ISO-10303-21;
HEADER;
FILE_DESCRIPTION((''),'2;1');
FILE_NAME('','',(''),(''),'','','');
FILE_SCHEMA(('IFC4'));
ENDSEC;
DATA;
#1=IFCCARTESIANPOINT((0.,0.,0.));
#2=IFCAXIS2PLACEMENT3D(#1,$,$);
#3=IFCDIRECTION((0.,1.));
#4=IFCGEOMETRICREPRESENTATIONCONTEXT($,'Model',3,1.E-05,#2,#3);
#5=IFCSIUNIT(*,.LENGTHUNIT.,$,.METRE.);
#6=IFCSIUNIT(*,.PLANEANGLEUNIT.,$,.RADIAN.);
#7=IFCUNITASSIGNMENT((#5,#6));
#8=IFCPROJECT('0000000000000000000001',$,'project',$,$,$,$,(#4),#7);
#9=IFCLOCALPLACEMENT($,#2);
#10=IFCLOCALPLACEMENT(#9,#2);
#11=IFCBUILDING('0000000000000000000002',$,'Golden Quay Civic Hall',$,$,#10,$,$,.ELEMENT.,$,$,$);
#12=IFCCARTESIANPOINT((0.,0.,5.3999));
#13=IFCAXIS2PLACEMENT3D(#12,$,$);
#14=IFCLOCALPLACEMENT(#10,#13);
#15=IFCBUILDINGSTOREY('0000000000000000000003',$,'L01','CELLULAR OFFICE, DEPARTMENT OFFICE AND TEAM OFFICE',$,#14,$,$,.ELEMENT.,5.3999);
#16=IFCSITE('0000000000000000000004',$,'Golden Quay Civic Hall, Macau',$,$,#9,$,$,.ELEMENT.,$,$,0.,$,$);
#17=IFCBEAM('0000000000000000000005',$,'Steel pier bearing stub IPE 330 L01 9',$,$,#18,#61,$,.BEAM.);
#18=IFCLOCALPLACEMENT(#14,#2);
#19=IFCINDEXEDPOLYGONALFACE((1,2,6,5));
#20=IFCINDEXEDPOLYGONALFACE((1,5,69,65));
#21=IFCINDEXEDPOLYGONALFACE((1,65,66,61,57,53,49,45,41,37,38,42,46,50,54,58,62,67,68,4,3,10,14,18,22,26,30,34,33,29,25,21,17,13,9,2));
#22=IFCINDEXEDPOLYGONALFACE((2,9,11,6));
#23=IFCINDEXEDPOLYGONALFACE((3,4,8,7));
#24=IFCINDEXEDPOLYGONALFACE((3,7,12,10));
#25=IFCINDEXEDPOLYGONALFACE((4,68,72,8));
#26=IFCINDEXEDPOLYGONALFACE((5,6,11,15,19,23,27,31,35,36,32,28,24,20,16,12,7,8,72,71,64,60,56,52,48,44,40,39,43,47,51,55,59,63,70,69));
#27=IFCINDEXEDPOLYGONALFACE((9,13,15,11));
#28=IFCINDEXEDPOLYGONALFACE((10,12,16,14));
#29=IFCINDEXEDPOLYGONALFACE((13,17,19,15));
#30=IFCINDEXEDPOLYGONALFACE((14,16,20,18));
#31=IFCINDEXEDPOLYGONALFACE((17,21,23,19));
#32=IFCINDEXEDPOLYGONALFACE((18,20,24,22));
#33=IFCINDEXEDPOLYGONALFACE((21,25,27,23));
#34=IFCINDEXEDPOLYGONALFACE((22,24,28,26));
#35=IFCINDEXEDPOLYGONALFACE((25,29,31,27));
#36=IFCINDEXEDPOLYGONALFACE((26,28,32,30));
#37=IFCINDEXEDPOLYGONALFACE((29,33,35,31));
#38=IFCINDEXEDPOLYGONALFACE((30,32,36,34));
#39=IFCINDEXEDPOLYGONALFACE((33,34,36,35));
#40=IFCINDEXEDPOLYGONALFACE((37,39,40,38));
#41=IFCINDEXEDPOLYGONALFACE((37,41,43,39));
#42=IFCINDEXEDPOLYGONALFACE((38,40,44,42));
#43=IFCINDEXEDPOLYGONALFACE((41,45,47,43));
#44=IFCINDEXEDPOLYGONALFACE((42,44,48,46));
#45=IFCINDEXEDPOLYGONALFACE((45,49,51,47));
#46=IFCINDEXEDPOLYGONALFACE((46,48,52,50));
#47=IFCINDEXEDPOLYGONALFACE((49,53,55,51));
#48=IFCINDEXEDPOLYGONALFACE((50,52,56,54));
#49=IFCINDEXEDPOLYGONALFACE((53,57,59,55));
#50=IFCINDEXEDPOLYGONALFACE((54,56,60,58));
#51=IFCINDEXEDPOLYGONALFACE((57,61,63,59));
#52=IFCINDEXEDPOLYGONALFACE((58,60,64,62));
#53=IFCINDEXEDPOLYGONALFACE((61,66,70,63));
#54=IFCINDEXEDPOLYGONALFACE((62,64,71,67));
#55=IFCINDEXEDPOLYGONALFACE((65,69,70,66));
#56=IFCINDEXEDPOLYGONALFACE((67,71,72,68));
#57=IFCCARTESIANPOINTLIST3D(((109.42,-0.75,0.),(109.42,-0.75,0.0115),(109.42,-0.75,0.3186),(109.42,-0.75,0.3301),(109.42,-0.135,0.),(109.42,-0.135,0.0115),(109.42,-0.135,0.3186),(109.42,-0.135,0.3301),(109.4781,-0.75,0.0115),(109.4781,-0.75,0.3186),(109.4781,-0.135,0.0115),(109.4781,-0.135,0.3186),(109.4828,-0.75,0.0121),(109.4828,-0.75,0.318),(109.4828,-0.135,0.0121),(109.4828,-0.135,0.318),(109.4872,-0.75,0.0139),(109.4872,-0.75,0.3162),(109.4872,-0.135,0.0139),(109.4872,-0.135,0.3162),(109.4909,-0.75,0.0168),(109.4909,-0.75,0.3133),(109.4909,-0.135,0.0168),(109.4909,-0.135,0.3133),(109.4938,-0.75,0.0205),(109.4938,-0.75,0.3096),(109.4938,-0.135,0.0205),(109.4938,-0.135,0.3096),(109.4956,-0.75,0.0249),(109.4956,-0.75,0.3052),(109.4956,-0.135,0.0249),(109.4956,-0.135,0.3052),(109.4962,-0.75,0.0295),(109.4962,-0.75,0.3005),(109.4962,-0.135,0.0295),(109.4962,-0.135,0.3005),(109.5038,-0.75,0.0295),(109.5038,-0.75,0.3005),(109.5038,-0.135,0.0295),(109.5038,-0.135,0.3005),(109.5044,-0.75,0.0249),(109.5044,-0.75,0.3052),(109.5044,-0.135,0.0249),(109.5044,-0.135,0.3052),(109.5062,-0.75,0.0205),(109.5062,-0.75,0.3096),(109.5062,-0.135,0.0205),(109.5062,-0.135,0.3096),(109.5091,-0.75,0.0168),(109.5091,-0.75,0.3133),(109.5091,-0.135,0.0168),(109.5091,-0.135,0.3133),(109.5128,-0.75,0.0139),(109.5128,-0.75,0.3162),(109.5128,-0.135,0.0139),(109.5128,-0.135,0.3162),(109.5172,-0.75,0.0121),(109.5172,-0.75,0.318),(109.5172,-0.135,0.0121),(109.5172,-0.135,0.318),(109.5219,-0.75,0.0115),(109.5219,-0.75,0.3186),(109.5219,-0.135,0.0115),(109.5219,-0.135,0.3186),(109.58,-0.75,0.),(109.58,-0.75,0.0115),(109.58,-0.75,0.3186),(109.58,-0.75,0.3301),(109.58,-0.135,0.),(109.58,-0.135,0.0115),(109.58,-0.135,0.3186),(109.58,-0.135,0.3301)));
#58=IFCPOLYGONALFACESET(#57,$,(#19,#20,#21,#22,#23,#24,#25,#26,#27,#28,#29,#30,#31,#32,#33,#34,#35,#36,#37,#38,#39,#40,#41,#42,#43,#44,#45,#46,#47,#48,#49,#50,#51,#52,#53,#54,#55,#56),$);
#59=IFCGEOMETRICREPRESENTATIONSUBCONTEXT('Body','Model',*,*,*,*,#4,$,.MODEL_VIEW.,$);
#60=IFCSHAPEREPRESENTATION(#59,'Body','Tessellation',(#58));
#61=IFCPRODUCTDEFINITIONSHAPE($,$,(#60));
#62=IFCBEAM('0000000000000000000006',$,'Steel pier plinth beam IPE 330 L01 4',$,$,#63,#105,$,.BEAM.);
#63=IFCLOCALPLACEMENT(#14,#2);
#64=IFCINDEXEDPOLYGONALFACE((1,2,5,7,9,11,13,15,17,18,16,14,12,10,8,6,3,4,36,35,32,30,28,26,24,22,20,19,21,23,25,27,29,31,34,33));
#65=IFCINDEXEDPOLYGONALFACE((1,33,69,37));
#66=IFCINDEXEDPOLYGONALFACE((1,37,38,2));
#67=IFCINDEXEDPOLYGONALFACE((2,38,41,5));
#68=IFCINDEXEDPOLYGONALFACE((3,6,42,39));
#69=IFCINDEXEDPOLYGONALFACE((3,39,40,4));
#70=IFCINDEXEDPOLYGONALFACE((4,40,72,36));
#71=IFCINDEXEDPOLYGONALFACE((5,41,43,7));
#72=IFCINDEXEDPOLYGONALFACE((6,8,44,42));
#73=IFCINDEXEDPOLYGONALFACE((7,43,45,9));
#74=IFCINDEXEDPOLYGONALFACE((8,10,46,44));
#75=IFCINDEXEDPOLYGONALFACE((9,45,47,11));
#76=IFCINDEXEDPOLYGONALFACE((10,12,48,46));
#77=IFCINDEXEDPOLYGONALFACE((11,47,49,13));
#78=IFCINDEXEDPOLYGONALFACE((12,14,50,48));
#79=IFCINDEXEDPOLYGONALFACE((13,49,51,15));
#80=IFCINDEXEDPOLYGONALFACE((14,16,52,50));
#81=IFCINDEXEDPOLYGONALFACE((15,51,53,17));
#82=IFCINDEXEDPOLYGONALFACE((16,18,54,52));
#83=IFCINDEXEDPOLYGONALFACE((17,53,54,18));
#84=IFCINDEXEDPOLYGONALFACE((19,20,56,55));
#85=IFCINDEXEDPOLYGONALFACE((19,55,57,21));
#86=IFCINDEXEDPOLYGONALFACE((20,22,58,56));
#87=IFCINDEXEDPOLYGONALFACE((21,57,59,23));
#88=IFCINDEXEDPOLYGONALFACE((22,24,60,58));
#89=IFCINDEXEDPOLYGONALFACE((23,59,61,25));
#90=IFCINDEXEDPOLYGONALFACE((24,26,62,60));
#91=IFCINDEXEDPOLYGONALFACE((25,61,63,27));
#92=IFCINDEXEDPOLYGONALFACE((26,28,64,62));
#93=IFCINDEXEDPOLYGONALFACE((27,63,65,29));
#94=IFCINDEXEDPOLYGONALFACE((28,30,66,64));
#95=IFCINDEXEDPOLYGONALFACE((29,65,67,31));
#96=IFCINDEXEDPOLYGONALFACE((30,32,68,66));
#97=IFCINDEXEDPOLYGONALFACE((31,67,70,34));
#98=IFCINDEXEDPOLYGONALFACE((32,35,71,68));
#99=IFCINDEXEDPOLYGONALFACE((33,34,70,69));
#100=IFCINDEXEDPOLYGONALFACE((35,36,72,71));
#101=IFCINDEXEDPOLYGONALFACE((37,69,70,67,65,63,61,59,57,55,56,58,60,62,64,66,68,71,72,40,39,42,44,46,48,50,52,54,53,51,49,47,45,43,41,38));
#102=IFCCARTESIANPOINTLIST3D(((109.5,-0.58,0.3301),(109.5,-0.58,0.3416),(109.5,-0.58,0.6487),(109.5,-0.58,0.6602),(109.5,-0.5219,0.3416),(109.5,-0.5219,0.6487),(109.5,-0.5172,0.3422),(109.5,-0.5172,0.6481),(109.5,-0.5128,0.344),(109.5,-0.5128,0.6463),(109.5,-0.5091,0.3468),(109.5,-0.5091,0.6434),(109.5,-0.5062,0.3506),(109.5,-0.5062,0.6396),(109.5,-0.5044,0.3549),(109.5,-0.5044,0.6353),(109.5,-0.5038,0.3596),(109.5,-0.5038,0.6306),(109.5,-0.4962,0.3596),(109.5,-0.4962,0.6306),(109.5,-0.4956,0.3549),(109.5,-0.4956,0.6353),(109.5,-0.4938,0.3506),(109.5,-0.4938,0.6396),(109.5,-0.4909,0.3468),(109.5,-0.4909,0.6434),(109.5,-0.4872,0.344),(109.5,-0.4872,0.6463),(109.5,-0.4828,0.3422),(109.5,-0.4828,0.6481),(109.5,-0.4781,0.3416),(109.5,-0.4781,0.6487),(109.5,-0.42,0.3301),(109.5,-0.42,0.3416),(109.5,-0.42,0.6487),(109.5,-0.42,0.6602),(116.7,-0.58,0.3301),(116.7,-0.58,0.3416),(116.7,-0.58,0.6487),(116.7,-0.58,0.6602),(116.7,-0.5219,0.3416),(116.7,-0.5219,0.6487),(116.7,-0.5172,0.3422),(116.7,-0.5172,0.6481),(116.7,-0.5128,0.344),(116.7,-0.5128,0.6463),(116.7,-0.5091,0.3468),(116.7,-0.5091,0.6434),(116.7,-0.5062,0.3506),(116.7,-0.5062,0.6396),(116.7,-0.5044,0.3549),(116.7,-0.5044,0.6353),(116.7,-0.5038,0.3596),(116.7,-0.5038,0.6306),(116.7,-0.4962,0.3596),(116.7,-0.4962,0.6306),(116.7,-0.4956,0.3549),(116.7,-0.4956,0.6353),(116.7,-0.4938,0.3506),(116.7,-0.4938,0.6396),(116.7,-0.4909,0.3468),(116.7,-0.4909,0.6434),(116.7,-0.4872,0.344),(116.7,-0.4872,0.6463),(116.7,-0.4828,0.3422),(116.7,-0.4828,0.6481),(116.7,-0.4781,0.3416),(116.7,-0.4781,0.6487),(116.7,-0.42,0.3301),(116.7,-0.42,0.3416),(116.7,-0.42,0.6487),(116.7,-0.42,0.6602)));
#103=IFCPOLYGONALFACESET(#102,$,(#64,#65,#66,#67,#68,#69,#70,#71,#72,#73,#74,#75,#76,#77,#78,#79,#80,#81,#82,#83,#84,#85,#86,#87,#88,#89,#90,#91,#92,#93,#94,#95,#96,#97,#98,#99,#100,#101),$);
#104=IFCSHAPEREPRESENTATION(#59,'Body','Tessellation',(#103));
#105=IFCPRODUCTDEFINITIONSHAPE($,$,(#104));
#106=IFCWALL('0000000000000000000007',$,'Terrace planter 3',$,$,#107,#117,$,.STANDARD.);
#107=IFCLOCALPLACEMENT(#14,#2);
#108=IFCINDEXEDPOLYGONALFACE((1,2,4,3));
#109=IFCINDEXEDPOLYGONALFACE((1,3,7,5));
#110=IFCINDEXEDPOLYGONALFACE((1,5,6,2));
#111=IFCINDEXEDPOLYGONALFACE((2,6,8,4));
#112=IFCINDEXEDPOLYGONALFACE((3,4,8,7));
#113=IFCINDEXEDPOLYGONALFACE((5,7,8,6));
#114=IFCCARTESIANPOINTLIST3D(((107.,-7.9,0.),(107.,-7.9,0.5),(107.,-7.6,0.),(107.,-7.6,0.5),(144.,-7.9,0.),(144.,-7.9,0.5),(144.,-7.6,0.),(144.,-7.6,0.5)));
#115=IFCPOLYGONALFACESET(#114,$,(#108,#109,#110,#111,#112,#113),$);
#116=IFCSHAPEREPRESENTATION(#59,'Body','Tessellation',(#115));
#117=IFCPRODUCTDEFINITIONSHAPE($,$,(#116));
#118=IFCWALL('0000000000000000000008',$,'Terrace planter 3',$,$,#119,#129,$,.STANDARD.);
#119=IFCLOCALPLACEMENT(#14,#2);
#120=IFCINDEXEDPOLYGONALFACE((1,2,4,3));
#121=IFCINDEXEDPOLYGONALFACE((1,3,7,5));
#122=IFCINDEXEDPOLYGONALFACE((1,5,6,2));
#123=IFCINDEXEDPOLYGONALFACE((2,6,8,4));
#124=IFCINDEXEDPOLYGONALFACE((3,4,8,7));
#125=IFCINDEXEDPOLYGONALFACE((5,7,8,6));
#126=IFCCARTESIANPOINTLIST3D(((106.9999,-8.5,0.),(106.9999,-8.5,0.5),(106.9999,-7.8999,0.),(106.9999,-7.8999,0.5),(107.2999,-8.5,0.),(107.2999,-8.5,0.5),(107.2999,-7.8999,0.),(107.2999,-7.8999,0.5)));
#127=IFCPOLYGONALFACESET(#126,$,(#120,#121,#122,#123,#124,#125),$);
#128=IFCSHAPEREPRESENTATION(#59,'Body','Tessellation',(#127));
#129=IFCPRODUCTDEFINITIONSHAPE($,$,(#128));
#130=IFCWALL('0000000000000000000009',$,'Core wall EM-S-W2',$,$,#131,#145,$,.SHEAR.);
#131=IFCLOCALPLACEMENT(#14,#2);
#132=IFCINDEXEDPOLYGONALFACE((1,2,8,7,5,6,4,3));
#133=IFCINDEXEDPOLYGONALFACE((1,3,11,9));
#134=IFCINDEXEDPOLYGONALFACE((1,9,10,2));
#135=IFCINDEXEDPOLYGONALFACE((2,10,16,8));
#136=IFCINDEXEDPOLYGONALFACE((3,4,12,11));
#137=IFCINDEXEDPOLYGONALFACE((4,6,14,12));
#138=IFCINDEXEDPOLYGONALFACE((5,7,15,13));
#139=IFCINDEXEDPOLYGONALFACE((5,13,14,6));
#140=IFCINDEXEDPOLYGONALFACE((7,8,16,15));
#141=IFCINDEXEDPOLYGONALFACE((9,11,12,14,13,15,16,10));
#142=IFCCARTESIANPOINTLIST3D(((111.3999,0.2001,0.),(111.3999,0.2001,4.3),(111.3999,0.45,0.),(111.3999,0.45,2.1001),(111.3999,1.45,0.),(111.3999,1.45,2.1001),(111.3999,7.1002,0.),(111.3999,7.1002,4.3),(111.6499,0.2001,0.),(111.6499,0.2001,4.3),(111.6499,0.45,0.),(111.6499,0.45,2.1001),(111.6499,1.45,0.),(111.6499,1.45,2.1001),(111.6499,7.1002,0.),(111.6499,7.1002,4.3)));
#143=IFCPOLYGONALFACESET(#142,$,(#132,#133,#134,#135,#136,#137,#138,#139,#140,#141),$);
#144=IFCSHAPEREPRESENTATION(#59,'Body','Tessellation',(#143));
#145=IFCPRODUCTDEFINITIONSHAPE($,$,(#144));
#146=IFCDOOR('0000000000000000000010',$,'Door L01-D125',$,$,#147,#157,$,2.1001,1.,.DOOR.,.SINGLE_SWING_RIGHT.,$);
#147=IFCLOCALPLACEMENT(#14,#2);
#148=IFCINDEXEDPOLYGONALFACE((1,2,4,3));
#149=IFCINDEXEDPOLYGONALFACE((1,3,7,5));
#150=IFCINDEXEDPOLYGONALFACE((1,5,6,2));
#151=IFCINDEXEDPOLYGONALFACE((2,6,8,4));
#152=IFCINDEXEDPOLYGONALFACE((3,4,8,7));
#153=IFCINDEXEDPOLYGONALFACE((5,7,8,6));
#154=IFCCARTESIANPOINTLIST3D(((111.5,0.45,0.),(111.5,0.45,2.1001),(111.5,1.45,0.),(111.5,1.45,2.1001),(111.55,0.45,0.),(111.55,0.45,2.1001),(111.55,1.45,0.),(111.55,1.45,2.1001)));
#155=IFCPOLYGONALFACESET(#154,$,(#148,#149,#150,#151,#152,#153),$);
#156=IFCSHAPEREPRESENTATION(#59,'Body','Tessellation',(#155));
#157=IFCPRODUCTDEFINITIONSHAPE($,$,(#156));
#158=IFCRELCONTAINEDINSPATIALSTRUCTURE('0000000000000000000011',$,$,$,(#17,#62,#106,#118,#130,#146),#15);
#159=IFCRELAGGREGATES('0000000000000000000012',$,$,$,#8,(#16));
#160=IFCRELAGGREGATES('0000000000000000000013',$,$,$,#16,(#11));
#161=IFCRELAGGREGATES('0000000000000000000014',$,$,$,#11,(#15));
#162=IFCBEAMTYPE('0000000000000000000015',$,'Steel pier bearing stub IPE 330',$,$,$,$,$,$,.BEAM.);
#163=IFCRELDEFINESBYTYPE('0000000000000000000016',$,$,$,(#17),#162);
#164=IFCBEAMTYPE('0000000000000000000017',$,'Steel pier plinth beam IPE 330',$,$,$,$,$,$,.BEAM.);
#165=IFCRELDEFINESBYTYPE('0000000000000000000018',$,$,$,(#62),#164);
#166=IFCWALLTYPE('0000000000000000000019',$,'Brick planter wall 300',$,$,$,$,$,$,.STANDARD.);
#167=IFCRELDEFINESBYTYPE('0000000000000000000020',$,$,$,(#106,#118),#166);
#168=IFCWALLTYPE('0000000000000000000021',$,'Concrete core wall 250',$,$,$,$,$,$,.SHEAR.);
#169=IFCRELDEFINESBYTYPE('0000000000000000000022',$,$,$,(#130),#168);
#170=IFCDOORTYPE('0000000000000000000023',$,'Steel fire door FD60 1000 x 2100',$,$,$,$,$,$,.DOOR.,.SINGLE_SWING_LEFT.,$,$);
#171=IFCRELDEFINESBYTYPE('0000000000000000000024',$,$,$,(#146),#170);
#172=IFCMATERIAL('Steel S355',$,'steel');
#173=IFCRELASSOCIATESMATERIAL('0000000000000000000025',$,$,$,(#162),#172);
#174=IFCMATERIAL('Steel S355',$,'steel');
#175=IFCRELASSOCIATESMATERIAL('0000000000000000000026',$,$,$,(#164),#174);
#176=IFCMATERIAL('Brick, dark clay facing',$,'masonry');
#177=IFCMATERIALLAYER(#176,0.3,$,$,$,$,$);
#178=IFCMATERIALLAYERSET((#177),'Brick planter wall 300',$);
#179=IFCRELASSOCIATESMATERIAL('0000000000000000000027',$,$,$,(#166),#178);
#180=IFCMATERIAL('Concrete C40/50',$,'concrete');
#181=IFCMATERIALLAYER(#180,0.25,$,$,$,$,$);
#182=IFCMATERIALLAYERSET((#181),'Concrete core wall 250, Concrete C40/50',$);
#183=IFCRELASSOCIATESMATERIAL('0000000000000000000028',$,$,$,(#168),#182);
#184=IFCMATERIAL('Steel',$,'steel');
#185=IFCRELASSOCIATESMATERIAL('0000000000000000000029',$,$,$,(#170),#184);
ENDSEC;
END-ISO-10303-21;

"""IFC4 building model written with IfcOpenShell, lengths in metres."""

from ifc_helpers import new_model, si_unit, direction, frame, frame_2d, origin, origin_2d, place, context, subcontext, project, spatial, rectangle, i_section, extrude, material, layer, layer_set, material_profile, profile_set, type_object, element, fill, save


model = new_model("IFC4")

# Units and contexts
model_context = context("Model", 3, precision=1e-05, world=origin(), true_north=direction((0.0, 1.0)))
body_context = subcontext(model_context, "Body", "Model", "MODEL_VIEW")
ifc_project = project(units=[si_unit("LENGTHUNIT", "METRE"), si_unit("PLANEANGLEUNIT", "RADIAN")], contexts=[model_context])

# Site, building, storey
site_placement = place(None, origin())
site = spatial("IfcSite", under=ifc_project, at=site_placement, Name="Golden Quay Civic Hall, Macau", CompositionType="ELEMENT", RefElevation=0.0)
building_placement = place(site_placement, origin())
building = spatial("IfcBuilding", under=site, at=building_placement, Name="Golden Quay Civic Hall", CompositionType="ELEMENT")
storey_placement = place(building_placement, frame((0.0, 0.0, 5.3999)))
storey = spatial("IfcBuildingStorey", under=building, at=storey_placement, Name="L01", Description="CELLULAR OFFICE, DEPARTMENT OFFICE AND TEAM OFFICE", CompositionType="ELEMENT", Elevation=5.3999)

# Beams
ifc_material_1 = material(Name="Steel S355", Category="steel")
ifc_material_profile_1 = material_profile(ifc_material_1, i_section(OverallWidth=0.1599, OverallDepth=0.3301, WebThickness=0.0076, FlangeThickness=0.0115, FilletRadius=0.0181, at=origin_2d()), Name="IPE 330")
ifc_profile_set_1 = profile_set([ifc_material_profile_1], Name="Steel S355")
beam_type_1 = type_object("IfcBeamType", Name="Steel pier bearing stub IPE 330", PredefinedType="BEAM", material=ifc_profile_set_1)
beam_1_placement = place(storey_placement, frame((109.5, -0.135, 0.165), z_axis=(0.0, -1.0, 0.0), x_axis=(1.0, 0.0, 0.0)))
element("IfcBeam", 1, at=beam_1_placement, inside=storey, type_object=beam_type_1, Name="Steel pier bearing stub IPE 330 L01 9", PredefinedType="BEAM", context=body_context, shape_type="SweptSolid", body=[
    extrude(i_section(OverallWidth=0.1599, OverallDepth=0.3301, WebThickness=0.0076, FlangeThickness=0.0115, FilletRadius=0.0181, at=origin_2d()), origin(), (0.0, 0.0, 1.0), 0.615),
])
ifc_material_2 = material(Name="Steel S355", Category="steel")
ifc_material_profile_2 = material_profile(ifc_material_2, i_section(OverallWidth=0.1599, OverallDepth=0.3301, WebThickness=0.0076, FlangeThickness=0.0115, FilletRadius=0.0181, at=origin_2d()), Name="IPE 330")
ifc_profile_set_2 = profile_set([ifc_material_profile_2], Name="Steel S355")
beam_type_2 = type_object("IfcBeamType", Name="Steel pier plinth beam IPE 330", PredefinedType="BEAM", material=ifc_profile_set_2)
beam_2_placement = place(storey_placement, frame((109.5, -0.5, 0.4951), z_axis=(1.0, 0.0, 0.0), x_axis=(0.0, 1.0, 0.0)))
element("IfcBeam", 2, at=beam_2_placement, inside=storey, type_object=beam_type_2, Name="Steel pier plinth beam IPE 330 L01 4", PredefinedType="BEAM", context=body_context, shape_type="SweptSolid", body=[
    extrude(i_section(OverallWidth=0.1599, OverallDepth=0.3301, WebThickness=0.0076, FlangeThickness=0.0115, FilletRadius=0.0181, at=origin_2d()), origin(), (0.0, 0.0, 1.0), 7.2),
])

# Walls
ifc_material_3 = material(Name="Brick, dark clay facing", Category="masonry")
ifc_layer_1 = layer(ifc_material_3, 0.3)
ifc_layer_set_1 = layer_set([ifc_layer_1], Name="Brick planter wall 300")
wall_type_1 = type_object("IfcWallType", Name="Brick planter wall 300", PredefinedType="STANDARD", material=ifc_layer_set_1)
wall_1_placement = place(storey_placement, frame((107.0, -7.75, 0.0), z_axis=(0.0, 0.0, 1.0), x_axis=(1.0, 0.0, 0.0)))
element("IfcWall", 3, at=wall_1_placement, inside=storey, type_object=wall_type_1, Name="Terrace planter 3", PredefinedType="STANDARD", context=body_context, shape_type="SweptSolid", body=[
    extrude(rectangle(XDim=37.0, YDim=0.3, at=frame_2d((18.5, 0.0))), origin(), (0.0, 0.0, 1.0), 0.5),
])
wall_2_placement = place(storey_placement, frame((107.1499, -8.5, 0.0), z_axis=(0.0, 0.0, 1.0), x_axis=(0.0, 1.0, 0.0)))
element("IfcWall", 4, at=wall_2_placement, inside=storey, type_object=wall_type_1, Name="Terrace planter 3", PredefinedType="STANDARD", context=body_context, shape_type="SweptSolid", body=[
    extrude(rectangle(XDim=0.6001, YDim=0.3, at=frame_2d((0.3, 0.0))), origin(), (0.0, 0.0, 1.0), 0.5),
])

# Wall, opening, door
ifc_material_4 = material(Name="Concrete C40/50", Category="concrete")
ifc_layer_2 = layer(ifc_material_4, 0.25)
ifc_layer_set_2 = layer_set([ifc_layer_2], Name="Concrete core wall 250, Concrete C40/50")
wall_type_2 = type_object("IfcWallType", Name="Concrete core wall 250", PredefinedType="SHEAR", material=ifc_layer_set_2)
wall_3_placement = place(storey_placement, frame((111.5249, 0.2, 0.0), z_axis=(0.0, 0.0, 1.0), x_axis=(0.0, 1.0, 0.0)))
wall_3 = element("IfcWall", 5, at=wall_3_placement, inside=storey, type_object=wall_type_2, Name="Core wall EM-S-W2", PredefinedType="SHEAR", context=body_context, shape_type="SweptSolid", body=[
    extrude(rectangle(XDim=6.9001, YDim=0.25, at=frame_2d((3.4502, 0.0))), origin(), (0.0, 0.0, 1.0), 4.3),
])
opening_1_placement = place(wall_3_placement, frame((0.25, 0.0, 0.0)))
opening_1 = element("IfcOpeningElement", 6, at=opening_1_placement, cuts=wall_3, PredefinedType="OPENING", context=body_context, shape_type="SweptSolid", body=[
    extrude(rectangle(XDim=1.0, YDim=2.1001, at=frame_2d((0.5, 1.05))), frame((0.0, 0.135, 0.0), z_axis=(0.0, -1.0, 0.0), x_axis=(1.0, 0.0, 0.0)), (0.0, 0.0, 1.0), 0.27),
])
ifc_material_5 = material(Name="Steel", Category="steel")
door_type_1 = type_object("IfcDoorType", Name="Steel fire door FD60 1000 x 2100", OperationType="SINGLE_SWING_LEFT", PredefinedType="DOOR", material=ifc_material_5)
door_1_placement = place(opening_1_placement, frame((1.0, 0.0, 0.0), z_axis=(0.0, 0.0, 1.0), x_axis=(-1.0, 0.0, 0.0)))
door_1 = element("IfcDoor", 7, at=door_1_placement, inside=storey, type_object=door_type_1, Name="Door L01-D125", OperationType="SINGLE_SWING_RIGHT", OverallHeight=2.1001, OverallWidth=1.0, PredefinedType="DOOR", context=body_context, shape_type="SweptSolid", body=[
    extrude(rectangle(XDim=1.0, YDim=2.1001, at=frame_2d((0.5, 1.05))), frame((0.0, 0.0251, 0.0), z_axis=(0.0, -1.0, 0.0), x_axis=(1.0, 0.0, 0.0)), (0.0, 0.0, 1.0), 0.05),
])
fill(opening_1, door_1)

save(model, "model.ifc")
